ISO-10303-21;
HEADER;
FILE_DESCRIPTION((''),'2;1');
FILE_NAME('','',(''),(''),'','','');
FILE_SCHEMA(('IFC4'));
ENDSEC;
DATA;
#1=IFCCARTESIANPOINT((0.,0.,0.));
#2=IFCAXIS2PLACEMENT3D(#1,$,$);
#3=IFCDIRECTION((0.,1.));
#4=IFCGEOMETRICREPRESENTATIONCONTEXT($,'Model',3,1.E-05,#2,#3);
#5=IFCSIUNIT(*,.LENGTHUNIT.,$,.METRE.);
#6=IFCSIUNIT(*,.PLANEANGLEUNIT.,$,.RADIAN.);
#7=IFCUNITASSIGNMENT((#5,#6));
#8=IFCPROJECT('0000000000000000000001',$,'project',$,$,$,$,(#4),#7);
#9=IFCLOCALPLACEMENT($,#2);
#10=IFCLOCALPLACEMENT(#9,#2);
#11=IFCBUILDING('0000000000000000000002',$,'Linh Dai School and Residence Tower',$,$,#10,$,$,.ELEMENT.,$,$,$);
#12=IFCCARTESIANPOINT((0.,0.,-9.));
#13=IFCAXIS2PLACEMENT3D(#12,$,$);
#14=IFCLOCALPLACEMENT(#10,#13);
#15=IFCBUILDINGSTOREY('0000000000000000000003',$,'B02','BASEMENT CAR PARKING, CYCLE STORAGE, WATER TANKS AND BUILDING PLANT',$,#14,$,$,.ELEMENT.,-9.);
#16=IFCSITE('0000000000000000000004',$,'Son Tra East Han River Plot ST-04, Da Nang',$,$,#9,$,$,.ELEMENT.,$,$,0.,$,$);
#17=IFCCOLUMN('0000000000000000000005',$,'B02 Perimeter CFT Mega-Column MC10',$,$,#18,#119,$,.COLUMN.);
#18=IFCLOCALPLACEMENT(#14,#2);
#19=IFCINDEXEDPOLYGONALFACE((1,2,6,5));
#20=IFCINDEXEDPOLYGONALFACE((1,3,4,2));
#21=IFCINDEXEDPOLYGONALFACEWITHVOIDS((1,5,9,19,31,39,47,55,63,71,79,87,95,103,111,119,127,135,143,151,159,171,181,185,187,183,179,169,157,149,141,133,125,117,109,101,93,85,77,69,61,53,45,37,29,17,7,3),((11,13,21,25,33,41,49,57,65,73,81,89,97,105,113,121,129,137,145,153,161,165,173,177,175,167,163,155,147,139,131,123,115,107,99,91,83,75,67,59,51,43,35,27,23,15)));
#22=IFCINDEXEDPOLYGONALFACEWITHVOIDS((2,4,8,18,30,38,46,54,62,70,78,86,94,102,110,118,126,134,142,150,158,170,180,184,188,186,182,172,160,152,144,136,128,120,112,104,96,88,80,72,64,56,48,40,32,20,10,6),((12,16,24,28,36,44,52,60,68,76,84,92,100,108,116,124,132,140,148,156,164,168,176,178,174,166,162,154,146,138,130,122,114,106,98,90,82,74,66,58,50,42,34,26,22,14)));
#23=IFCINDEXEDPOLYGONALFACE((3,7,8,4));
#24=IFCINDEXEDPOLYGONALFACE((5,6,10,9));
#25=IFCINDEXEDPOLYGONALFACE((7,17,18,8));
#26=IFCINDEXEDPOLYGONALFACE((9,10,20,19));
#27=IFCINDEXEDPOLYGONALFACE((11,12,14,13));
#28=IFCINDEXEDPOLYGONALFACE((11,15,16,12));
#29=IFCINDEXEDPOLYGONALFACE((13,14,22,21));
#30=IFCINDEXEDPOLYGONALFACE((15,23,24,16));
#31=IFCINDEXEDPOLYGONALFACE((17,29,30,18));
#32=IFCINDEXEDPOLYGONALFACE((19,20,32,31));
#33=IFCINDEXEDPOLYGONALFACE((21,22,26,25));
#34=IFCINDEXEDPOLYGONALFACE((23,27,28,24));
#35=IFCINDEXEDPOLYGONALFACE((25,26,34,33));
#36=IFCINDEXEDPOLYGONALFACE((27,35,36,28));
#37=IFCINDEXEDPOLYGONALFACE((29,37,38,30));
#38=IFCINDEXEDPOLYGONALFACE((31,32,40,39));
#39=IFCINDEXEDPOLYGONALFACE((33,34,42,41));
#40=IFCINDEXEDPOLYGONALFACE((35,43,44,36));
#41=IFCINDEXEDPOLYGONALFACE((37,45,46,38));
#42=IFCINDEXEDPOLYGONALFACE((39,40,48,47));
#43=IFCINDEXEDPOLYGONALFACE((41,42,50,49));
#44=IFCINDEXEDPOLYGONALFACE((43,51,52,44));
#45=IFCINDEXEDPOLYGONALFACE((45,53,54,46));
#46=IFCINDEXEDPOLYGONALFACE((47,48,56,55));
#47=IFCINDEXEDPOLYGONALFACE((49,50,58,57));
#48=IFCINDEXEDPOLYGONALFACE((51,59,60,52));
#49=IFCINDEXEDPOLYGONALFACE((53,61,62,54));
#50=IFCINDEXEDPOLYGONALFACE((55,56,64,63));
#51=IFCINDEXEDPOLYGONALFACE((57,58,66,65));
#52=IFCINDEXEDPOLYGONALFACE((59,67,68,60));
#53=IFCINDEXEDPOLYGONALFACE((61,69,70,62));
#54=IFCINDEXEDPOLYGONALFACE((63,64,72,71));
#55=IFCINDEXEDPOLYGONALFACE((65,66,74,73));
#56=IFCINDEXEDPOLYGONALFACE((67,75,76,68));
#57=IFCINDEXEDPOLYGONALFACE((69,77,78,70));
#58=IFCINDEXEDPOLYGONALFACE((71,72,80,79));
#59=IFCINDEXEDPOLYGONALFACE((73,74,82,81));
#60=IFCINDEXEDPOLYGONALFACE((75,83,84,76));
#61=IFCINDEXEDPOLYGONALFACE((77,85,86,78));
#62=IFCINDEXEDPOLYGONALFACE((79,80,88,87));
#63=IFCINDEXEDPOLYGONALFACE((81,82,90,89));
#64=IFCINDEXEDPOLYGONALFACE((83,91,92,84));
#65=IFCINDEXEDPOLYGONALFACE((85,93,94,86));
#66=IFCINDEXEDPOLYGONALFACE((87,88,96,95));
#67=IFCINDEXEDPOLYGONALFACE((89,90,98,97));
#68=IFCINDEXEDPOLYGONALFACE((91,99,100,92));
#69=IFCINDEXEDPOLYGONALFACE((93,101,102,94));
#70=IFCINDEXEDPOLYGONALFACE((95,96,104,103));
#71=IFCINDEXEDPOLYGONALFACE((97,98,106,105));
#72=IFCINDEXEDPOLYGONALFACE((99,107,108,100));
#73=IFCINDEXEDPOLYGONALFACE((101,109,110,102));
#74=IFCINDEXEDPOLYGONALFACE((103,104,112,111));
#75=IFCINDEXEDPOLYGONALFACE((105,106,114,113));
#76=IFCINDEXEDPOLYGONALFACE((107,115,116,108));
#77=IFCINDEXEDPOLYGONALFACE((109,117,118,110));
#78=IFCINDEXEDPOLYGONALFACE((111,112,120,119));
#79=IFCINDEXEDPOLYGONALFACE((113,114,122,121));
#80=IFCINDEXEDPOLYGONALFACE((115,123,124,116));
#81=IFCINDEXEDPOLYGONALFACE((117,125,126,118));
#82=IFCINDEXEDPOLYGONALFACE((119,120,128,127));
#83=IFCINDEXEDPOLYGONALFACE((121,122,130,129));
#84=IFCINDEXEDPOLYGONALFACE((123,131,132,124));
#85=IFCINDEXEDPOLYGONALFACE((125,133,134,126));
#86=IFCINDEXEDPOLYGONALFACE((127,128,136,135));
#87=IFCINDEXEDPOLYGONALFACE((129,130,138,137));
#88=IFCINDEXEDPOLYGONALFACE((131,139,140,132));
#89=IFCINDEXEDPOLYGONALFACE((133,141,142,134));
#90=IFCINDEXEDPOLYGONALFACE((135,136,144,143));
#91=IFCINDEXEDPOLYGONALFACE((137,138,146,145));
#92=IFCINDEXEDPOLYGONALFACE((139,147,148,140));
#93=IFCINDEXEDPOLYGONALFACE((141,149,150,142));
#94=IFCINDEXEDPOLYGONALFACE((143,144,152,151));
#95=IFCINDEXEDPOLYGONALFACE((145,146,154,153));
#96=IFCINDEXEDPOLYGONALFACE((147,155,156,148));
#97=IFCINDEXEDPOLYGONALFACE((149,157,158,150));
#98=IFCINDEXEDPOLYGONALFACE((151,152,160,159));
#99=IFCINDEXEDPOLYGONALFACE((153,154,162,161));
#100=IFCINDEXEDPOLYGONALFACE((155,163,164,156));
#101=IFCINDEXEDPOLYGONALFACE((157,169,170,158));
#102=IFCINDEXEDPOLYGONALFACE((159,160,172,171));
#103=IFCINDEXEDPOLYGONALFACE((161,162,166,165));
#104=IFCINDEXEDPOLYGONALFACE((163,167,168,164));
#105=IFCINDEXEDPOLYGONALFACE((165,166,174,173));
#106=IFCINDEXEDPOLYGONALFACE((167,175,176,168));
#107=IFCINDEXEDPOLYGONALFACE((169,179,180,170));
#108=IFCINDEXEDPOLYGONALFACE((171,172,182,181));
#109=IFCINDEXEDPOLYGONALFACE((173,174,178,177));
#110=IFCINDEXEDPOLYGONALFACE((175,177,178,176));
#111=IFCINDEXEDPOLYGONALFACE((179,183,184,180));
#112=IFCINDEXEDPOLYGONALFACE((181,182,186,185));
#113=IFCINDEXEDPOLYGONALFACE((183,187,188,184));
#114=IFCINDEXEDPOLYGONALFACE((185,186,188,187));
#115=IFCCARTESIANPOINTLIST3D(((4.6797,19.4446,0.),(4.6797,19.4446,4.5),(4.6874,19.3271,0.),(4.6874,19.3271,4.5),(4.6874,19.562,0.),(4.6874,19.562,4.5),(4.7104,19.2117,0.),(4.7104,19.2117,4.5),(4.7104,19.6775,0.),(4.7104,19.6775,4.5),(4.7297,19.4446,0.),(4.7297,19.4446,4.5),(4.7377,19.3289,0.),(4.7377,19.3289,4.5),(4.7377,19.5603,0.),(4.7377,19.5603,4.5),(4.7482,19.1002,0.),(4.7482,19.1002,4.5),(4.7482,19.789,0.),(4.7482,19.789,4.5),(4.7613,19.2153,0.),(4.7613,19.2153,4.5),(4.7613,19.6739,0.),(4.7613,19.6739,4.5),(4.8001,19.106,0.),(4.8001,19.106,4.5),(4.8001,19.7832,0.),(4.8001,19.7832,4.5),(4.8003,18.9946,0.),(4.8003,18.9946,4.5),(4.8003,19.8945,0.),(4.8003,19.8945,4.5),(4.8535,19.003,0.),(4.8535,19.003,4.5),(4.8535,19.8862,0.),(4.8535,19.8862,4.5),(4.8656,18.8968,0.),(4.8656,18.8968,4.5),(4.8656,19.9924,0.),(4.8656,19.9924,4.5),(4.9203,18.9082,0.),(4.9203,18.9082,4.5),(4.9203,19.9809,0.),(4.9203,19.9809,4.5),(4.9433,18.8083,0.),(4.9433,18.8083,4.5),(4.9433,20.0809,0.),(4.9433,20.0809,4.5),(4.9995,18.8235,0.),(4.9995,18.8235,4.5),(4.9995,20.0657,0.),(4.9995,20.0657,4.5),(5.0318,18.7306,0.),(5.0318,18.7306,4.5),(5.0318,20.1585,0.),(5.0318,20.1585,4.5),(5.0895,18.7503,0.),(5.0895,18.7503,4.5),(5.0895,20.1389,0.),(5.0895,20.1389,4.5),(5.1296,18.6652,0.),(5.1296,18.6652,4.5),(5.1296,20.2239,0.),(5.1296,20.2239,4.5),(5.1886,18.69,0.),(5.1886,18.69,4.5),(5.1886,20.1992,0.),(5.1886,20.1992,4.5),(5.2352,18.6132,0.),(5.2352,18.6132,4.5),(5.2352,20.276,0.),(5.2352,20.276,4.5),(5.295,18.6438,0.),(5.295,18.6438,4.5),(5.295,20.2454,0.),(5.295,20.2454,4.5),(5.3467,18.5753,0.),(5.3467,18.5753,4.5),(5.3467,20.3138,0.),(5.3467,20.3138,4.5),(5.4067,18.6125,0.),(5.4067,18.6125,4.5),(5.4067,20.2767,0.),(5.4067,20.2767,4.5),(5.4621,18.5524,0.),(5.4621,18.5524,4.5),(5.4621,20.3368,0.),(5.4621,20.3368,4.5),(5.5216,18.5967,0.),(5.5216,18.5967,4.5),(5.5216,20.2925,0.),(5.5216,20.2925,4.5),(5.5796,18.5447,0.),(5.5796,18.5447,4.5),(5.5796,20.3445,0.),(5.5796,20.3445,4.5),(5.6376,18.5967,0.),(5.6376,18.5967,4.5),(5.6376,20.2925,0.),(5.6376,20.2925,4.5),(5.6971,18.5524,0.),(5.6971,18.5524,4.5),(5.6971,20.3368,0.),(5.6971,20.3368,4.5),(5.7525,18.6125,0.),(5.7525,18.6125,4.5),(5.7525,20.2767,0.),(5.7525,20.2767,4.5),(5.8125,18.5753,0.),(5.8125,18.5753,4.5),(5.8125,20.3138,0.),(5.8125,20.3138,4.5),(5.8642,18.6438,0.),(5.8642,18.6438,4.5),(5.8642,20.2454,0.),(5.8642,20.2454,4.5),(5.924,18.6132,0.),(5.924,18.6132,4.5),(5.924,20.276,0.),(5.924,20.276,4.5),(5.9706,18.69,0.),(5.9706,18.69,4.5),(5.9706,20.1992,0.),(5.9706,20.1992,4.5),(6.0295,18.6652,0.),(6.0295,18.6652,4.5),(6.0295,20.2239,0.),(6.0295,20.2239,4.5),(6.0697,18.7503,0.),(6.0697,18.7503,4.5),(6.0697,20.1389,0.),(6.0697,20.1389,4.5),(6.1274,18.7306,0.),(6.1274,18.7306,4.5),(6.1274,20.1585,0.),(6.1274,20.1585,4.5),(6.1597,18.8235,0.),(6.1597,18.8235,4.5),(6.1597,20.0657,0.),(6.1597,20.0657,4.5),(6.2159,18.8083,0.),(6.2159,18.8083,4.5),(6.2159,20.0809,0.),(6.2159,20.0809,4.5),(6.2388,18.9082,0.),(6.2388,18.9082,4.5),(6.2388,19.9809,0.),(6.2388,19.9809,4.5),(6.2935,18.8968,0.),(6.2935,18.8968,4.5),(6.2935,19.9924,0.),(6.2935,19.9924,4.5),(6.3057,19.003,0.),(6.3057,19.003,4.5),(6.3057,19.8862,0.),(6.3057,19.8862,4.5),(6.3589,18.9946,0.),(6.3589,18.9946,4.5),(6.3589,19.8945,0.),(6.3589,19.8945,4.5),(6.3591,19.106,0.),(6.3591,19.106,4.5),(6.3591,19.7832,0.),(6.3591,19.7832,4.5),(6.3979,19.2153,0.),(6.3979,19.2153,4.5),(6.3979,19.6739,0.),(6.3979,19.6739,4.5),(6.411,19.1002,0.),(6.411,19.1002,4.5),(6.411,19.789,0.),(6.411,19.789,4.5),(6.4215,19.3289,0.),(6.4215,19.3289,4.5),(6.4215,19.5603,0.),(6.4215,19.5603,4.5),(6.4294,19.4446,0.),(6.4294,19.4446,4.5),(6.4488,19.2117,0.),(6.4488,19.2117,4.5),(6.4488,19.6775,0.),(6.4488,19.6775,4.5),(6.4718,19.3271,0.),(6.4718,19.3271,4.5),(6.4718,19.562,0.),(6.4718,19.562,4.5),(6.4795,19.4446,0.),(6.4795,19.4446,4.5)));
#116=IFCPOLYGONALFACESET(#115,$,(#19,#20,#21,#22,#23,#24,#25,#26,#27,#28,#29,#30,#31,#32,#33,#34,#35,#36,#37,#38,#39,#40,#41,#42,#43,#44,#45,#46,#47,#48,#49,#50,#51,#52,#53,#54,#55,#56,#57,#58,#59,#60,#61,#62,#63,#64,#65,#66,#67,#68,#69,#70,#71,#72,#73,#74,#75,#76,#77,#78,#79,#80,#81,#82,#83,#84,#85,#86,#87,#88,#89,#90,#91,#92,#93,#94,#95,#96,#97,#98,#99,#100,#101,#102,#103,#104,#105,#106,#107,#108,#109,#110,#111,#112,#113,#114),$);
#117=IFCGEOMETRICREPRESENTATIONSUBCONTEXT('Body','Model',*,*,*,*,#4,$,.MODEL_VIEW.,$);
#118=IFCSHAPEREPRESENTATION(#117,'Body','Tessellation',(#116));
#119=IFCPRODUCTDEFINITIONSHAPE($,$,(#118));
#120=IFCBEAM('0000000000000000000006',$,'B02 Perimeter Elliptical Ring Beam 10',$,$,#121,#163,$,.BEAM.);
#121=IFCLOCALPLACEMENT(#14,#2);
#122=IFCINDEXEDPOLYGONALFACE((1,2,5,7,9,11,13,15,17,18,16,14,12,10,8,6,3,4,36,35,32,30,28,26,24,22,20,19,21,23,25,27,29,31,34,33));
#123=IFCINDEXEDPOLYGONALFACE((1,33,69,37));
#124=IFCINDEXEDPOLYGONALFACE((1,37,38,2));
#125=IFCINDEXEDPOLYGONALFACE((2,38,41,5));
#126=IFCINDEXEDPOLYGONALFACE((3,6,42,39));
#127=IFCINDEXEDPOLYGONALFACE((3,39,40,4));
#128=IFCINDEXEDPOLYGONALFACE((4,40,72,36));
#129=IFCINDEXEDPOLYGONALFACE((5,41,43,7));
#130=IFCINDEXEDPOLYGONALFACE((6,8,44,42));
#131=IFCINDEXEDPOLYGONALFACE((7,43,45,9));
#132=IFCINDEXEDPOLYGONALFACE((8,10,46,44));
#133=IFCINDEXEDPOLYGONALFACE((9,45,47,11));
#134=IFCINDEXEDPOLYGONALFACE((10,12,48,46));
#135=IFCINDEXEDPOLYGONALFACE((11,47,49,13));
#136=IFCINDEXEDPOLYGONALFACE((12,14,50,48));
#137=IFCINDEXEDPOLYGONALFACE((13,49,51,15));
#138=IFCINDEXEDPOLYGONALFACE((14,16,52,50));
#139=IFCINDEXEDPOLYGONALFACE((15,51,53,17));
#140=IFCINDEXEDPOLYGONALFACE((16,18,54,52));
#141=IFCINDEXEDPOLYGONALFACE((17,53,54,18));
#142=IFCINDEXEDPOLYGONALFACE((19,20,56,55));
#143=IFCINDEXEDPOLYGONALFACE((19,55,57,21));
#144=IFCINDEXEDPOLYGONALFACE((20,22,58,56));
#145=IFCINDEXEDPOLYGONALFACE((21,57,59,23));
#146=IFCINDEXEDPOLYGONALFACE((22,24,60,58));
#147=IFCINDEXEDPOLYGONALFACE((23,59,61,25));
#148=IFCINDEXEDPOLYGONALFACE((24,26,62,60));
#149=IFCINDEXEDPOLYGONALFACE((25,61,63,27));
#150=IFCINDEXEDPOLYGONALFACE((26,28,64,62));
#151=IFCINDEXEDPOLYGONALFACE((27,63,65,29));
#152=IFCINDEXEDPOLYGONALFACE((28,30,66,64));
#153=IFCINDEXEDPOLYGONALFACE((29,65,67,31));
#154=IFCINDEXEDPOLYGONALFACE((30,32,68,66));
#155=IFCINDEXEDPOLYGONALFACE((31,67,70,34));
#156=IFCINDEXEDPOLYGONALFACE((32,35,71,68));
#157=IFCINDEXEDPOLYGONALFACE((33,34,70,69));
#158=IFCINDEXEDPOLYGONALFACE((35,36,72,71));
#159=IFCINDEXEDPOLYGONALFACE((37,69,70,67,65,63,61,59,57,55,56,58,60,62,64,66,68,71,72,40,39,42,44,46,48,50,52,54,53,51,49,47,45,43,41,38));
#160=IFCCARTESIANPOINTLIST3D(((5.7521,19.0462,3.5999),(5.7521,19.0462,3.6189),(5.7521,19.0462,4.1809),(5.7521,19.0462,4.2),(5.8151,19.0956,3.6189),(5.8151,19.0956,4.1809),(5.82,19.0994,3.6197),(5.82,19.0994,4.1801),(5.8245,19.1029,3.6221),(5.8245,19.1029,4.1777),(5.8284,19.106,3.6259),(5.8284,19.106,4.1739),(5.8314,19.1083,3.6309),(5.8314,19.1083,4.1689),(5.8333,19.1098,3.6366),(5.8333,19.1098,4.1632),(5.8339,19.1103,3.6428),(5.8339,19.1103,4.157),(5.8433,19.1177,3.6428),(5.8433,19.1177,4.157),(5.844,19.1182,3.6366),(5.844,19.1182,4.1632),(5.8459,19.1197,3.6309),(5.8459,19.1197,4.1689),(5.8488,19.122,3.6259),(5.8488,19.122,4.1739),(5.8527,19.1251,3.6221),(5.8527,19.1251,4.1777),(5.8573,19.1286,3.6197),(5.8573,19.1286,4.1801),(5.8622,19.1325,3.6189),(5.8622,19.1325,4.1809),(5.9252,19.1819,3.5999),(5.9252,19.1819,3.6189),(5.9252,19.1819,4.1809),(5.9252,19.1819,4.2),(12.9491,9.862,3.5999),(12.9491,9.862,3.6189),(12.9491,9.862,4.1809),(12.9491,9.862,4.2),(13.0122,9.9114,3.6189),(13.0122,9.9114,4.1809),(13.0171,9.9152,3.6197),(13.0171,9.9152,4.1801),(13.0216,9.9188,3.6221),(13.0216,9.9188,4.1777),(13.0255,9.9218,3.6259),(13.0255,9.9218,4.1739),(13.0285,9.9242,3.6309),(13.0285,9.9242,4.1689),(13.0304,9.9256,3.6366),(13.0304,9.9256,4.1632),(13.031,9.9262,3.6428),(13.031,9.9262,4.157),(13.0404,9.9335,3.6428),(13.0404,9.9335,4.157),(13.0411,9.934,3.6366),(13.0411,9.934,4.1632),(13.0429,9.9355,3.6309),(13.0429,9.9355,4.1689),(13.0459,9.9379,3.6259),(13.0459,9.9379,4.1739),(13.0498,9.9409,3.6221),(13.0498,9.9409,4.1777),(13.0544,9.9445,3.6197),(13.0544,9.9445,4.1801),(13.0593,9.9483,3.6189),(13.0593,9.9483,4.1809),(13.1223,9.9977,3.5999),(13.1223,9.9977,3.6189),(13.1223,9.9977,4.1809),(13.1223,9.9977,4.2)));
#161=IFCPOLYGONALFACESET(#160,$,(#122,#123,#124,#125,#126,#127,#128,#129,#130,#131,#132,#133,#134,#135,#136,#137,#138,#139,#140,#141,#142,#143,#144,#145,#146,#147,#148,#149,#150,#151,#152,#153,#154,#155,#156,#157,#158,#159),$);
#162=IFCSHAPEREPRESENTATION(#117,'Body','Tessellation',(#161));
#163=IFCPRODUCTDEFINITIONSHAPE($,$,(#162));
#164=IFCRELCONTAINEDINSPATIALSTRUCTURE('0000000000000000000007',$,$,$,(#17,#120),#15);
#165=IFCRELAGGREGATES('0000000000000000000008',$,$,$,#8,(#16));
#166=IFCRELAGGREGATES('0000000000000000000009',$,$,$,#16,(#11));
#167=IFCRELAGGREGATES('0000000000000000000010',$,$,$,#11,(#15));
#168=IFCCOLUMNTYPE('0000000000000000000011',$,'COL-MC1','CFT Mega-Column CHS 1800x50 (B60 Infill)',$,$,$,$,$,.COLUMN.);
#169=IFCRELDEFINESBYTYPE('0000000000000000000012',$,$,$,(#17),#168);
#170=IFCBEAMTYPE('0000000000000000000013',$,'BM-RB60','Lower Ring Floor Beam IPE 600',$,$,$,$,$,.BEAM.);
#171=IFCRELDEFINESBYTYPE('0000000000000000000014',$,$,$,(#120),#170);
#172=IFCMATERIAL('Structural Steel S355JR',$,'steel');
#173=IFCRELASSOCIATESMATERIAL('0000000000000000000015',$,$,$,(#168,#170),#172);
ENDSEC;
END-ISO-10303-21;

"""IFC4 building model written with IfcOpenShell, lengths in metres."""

from ifc_helpers import new_model, si_unit, direction, frame, origin, origin_2d, place, context, subcontext, project, spatial, hollow_circle, i_section, extrude, material, material_profile, profile_set, type_object, element, save


model = new_model("IFC4")

# Units and contexts
model_context = context("Model", 3, precision=1e-05, world=origin(), true_north=direction((0.0, 1.0)))
body_context = subcontext(model_context, "Body", "Model", "MODEL_VIEW")
ifc_project = project(units=[si_unit("LENGTHUNIT", "METRE"), si_unit("PLANEANGLEUNIT", "RADIAN")], contexts=[model_context])

# Site, building, storey
site_placement = place(None, origin())
site = spatial("IfcSite", under=ifc_project, at=site_placement, Name="Son Tra East Han River Plot ST-04, Da Nang", CompositionType="ELEMENT", RefElevation=0.0)
building_placement = place(site_placement, origin())
building = spatial("IfcBuilding", under=site, at=building_placement, Name="Linh Dai School and Residence Tower", CompositionType="ELEMENT")
storey_placement = place(building_placement, frame((0.0, 0.0, -9.0)))
storey = spatial("IfcBuildingStorey", under=building, at=storey_placement, Name="B02", Description="BASEMENT CAR PARKING, CYCLE STORAGE, WATER TANKS AND BUILDING PLANT", CompositionType="ELEMENT", Elevation=-9.0)

# Column
ifc_material_1 = material(Name="Structural Steel S355JR", Category="steel")
ifc_material_profile_1 = material_profile(ifc_material_1, hollow_circle(Radius=0.8999, WallThickness=0.05, at=origin_2d()), Name="CHS 1800x50")
ifc_profile_set_1 = profile_set([ifc_material_profile_1], Name="Structural Steel S355JR")
column_type = type_object("IfcColumnType", Name="COL-MC1", Description="CFT Mega-Column CHS 1800x50 (B60 Infill)", PredefinedType="COLUMN", material=ifc_profile_set_1)
column_placement = place(storey_placement, frame((5.5796, 19.4446, 0.0), z_axis=(0.0, 0.0, 1.0), x_axis=(1.0, 0.0, 0.0)))
element("IfcColumn", 1, at=column_placement, inside=storey, type_object=column_type, Name="B02 Perimeter CFT Mega-Column MC10", PredefinedType="COLUMN", context=body_context, shape_type="SweptSolid", body=[
    extrude(hollow_circle(Radius=0.8999, WallThickness=0.05, at=origin_2d()), origin(), (0.0, 0.0, 1.0), 4.5),
])

# Beam
ifc_material_profile_2 = material_profile(ifc_material_1, i_section(OverallWidth=0.22, OverallDepth=0.6001, WebThickness=0.012, FlangeThickness=0.019, FilletRadius=0.0239, at=origin_2d()), Name="IPE 600")
ifc_profile_set_2 = profile_set([ifc_material_profile_2], Name="Structural Steel S355JR")
beam_type_1 = type_object("IfcBeamType", Name="BM-RB60", Description="Lower Ring Floor Beam IPE 600", PredefinedType="BEAM", material=ifc_profile_set_2)
beam_1_placement = place(storey_placement, frame((5.8386, 19.114, 3.8999), z_axis=(0.616812, -0.787111, 0.0), x_axis=(0.787111, 0.616812, 0.0)))
element("IfcBeam", 2, at=beam_1_placement, inside=storey, type_object=beam_type_1, Name="B02 Perimeter Elliptical Ring Beam 10", PredefinedType="BEAM", context=body_context, shape_type="SweptSolid", body=[
    extrude(i_section(OverallWidth=0.22, OverallDepth=0.6001, WebThickness=0.012, FlangeThickness=0.019, FilletRadius=0.0239, at=origin_2d()), origin(), (0.0, 0.0, 1.0), 11.6682),
])

save(model, "model.ifc")
